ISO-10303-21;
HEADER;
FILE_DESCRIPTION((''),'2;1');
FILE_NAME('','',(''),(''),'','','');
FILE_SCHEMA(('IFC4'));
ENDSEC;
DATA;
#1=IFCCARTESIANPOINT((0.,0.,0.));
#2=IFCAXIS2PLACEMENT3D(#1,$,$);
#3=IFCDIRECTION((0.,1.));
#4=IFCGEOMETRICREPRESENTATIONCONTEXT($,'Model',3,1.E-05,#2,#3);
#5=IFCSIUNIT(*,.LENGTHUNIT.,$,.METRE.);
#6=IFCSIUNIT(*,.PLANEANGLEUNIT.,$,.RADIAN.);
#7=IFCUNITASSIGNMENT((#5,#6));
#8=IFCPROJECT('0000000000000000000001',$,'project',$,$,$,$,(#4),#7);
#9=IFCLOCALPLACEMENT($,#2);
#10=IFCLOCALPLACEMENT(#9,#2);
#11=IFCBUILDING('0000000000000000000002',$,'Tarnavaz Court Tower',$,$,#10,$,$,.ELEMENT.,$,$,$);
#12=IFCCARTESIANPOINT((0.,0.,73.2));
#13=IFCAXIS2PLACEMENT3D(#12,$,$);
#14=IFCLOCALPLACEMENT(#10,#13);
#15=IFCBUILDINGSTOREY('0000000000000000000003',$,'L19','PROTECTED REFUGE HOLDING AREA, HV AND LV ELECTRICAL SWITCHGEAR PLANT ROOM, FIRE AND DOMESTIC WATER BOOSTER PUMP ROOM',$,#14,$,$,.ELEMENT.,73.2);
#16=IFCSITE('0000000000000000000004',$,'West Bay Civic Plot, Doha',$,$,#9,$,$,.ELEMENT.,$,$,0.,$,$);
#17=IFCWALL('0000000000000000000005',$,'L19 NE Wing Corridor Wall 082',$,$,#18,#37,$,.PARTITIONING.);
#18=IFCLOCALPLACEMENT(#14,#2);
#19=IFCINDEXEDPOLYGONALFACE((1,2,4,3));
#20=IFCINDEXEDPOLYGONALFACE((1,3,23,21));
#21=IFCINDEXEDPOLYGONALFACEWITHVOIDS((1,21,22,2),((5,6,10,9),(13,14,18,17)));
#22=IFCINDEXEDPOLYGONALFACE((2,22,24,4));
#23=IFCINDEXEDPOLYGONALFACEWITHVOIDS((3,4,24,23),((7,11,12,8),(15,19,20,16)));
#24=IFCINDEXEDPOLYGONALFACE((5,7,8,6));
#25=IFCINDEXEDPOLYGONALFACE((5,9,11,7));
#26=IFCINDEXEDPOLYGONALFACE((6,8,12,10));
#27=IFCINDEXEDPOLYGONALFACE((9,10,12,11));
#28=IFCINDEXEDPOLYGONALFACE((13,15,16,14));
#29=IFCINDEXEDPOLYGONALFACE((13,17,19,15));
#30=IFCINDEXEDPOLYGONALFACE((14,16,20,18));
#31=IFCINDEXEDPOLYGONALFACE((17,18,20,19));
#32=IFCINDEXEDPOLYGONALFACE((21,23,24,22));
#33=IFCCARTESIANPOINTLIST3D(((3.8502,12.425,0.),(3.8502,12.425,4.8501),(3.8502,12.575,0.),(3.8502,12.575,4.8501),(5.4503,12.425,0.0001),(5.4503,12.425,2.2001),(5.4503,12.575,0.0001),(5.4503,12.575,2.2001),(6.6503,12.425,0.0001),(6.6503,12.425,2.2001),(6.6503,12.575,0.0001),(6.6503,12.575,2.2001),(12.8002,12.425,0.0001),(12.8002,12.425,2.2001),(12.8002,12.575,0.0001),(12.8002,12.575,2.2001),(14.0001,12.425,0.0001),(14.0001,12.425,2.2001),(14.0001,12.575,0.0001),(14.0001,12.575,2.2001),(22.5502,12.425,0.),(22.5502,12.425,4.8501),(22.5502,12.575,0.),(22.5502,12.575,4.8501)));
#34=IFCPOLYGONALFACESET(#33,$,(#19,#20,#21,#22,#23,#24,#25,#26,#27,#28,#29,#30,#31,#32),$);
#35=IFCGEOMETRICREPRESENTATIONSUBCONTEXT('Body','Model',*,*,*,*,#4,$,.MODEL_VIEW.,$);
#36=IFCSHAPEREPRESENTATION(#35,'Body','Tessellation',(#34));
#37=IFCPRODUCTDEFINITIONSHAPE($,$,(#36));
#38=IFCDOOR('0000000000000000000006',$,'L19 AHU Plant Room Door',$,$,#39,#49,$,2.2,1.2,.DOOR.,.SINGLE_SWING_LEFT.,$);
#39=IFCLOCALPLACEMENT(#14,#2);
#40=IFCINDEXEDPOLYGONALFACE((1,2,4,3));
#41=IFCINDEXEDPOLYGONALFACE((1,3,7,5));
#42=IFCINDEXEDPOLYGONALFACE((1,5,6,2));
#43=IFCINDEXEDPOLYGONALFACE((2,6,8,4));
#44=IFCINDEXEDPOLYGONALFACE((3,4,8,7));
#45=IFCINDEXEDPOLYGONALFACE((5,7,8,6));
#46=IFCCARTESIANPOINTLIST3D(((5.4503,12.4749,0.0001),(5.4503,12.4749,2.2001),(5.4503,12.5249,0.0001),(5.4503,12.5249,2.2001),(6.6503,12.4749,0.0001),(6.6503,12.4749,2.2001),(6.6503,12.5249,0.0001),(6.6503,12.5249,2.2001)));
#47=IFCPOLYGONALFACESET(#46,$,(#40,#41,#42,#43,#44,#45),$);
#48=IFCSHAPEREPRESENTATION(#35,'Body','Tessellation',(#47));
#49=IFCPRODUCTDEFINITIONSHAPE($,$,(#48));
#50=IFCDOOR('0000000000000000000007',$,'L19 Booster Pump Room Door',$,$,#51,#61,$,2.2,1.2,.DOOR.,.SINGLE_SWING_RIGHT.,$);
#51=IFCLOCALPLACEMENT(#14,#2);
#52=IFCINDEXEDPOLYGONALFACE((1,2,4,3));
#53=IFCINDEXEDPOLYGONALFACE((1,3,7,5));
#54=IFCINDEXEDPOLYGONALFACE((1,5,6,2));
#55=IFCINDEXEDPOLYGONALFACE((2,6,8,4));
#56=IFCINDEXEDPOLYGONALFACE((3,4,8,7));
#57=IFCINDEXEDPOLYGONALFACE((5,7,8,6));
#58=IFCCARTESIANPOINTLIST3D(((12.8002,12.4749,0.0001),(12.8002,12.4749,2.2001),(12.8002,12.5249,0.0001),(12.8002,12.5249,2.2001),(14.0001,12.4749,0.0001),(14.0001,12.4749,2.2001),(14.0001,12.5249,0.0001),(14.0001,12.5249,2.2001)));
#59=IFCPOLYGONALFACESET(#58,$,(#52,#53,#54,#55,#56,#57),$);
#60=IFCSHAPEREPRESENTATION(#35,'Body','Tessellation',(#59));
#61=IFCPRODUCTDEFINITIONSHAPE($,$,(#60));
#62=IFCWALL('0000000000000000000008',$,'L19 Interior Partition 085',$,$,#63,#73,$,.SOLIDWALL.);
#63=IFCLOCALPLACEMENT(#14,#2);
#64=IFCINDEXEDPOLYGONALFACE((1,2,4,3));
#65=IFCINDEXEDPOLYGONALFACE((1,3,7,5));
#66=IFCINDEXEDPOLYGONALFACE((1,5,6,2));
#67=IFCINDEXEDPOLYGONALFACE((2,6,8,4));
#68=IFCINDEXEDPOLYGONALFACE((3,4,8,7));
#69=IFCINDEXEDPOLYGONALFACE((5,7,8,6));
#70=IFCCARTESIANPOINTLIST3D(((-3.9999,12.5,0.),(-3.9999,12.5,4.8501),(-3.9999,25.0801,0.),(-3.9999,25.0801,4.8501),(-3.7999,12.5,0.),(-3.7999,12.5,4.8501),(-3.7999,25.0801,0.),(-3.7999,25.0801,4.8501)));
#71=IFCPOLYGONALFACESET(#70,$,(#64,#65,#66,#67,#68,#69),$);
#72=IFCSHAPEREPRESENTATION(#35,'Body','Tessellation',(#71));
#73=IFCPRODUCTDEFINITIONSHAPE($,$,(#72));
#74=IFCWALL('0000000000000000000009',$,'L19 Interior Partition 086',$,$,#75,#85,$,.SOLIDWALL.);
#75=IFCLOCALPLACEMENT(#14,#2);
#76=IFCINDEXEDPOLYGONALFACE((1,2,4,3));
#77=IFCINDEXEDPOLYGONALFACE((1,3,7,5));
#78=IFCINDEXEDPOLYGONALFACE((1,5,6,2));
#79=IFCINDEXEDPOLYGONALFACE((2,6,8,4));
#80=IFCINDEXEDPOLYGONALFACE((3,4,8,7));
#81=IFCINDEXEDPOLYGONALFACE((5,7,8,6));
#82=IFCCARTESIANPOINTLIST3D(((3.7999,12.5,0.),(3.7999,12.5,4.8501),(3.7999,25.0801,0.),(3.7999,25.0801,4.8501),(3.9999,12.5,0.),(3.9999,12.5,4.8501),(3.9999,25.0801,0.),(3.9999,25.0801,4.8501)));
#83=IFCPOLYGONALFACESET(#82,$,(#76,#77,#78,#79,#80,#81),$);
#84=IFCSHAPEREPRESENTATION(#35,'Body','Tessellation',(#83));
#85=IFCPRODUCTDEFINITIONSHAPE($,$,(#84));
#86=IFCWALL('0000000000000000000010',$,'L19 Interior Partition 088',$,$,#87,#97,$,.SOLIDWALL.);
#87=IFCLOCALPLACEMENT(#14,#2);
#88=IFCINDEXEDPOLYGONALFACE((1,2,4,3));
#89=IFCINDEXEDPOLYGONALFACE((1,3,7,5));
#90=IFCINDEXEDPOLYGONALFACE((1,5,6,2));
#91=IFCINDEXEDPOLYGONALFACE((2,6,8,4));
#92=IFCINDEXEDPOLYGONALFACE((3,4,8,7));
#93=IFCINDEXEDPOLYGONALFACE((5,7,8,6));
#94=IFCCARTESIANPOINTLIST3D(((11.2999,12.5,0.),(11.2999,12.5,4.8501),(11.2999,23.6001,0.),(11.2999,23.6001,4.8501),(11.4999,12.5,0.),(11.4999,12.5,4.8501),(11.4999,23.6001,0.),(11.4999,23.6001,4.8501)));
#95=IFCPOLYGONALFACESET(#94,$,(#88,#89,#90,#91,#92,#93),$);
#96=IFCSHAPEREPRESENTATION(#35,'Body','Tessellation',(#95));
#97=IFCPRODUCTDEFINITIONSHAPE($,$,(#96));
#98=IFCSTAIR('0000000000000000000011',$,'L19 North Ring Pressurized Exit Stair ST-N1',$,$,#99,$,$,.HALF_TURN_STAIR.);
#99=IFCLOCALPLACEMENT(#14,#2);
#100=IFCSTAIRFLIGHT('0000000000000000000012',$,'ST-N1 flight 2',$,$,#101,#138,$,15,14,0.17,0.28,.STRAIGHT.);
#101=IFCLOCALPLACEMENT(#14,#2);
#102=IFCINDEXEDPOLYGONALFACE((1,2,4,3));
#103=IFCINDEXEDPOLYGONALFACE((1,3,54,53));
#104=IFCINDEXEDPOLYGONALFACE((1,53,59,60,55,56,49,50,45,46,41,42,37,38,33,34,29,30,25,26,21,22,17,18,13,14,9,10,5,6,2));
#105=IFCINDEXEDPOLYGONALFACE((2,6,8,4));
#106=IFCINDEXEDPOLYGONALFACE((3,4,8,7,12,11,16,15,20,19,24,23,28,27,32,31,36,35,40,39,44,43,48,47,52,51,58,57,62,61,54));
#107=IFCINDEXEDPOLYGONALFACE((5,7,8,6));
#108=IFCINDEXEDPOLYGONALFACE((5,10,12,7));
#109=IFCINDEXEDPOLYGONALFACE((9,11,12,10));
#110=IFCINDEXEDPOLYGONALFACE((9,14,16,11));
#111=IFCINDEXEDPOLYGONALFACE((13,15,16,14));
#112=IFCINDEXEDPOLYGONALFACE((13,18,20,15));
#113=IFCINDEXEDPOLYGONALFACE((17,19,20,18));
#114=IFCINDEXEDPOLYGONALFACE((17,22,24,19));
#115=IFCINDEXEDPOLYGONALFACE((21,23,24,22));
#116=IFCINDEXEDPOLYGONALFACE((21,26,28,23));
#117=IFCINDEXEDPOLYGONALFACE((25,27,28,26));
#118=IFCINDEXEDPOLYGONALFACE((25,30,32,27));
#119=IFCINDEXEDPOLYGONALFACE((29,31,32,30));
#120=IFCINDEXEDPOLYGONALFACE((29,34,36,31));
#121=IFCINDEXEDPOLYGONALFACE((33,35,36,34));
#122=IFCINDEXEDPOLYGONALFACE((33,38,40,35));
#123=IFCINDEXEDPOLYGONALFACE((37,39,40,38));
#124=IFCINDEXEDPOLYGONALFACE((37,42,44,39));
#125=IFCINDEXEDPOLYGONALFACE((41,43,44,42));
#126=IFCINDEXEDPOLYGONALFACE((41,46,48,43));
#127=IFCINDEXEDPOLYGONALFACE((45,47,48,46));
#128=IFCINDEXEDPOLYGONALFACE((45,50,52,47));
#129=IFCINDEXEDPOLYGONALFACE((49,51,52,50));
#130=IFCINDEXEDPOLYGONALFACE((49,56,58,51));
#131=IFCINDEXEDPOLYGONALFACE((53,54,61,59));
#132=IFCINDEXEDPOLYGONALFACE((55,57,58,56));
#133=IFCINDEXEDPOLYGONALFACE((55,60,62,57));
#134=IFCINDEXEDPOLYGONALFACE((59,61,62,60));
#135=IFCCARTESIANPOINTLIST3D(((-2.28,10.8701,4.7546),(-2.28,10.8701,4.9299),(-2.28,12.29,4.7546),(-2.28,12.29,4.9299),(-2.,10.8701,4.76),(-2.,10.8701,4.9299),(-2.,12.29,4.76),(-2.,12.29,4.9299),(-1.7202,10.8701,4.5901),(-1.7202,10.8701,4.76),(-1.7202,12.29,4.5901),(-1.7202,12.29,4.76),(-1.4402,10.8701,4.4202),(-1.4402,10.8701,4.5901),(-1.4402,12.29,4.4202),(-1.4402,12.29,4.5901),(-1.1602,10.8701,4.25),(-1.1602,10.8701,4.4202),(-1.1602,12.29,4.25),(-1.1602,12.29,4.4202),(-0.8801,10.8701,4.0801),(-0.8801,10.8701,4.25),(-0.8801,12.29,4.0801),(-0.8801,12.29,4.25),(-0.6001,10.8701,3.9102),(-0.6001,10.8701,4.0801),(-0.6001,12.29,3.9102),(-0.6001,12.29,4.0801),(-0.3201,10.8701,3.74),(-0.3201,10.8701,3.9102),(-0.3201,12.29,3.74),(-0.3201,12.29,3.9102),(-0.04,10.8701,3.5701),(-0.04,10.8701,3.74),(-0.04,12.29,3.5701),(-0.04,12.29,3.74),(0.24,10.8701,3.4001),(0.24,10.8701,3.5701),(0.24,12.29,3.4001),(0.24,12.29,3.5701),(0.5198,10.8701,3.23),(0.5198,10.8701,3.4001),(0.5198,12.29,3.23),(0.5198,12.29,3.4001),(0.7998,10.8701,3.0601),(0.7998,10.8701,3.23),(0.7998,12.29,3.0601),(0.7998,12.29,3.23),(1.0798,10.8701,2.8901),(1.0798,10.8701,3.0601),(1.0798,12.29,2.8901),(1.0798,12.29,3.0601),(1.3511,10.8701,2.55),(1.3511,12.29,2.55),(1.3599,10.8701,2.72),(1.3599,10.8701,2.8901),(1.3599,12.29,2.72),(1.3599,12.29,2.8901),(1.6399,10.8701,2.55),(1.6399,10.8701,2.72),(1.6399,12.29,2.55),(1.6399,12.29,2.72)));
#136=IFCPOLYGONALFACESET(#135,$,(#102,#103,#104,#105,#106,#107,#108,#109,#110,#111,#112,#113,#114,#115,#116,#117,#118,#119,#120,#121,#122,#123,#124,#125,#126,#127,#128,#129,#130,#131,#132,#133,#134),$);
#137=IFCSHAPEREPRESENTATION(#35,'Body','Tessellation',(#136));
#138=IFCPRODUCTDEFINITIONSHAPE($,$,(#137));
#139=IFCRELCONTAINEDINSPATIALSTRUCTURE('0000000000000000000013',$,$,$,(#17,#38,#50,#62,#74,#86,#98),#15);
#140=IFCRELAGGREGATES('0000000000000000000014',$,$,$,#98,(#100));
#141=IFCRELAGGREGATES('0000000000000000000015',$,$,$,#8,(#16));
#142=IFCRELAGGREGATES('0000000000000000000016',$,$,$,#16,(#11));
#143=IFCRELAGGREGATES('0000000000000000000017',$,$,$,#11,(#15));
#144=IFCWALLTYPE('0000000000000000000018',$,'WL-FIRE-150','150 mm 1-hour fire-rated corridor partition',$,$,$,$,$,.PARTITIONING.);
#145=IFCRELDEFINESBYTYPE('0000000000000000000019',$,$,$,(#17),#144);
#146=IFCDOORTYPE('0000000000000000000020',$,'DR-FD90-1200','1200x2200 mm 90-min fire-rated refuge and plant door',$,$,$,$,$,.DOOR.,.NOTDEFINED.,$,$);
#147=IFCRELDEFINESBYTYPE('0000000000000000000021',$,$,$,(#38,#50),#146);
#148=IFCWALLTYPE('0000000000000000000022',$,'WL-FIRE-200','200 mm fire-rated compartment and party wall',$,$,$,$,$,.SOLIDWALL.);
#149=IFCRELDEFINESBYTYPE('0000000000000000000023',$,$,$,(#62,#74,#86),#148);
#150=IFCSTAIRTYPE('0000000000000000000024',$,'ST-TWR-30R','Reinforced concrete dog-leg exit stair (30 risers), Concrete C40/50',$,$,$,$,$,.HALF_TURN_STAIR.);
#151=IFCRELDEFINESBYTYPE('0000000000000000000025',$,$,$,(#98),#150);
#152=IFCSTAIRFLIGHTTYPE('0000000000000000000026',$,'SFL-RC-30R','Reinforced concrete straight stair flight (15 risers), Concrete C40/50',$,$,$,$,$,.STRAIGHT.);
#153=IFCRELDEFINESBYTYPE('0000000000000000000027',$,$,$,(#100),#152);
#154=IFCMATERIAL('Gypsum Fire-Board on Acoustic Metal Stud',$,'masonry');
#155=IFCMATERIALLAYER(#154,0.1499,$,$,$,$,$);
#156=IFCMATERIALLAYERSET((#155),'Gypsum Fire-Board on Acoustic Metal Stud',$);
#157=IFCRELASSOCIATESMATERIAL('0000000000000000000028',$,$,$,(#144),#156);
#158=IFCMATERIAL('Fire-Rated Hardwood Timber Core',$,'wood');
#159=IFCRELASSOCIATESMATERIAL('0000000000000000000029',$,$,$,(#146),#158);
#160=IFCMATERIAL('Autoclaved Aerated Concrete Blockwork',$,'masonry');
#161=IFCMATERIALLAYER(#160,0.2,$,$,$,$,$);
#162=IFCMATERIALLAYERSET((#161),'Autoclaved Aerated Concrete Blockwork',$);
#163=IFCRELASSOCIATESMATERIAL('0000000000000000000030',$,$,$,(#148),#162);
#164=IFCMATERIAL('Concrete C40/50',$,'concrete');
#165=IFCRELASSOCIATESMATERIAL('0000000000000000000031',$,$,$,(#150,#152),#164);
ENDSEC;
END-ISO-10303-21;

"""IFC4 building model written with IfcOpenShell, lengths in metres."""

from ifc_helpers import new_model, si_unit, direction, frame, frame_2d, origin, place, context, subcontext, project, spatial, polyline, rectangle, outline, extrude, material, layer, layer_set, type_object, element, fill, aggregate, save


model = new_model("IFC4")

# Units and contexts
model_context = context("Model", 3, precision=1e-05, world=origin(), true_north=direction((0.0, 1.0)))
body_context = subcontext(model_context, "Body", "Model", "MODEL_VIEW")
ifc_project = project(units=[si_unit("LENGTHUNIT", "METRE"), si_unit("PLANEANGLEUNIT", "RADIAN")], contexts=[model_context])

# Site, building, storey
site_placement = place(None, origin())
site = spatial("IfcSite", under=ifc_project, at=site_placement, Name="West Bay Civic Plot, Doha", CompositionType="ELEMENT", RefElevation=0.0)
building_placement = place(site_placement, origin())
building = spatial("IfcBuilding", under=site, at=building_placement, Name="Tarnavaz Court Tower", CompositionType="ELEMENT")
storey_placement = place(building_placement, frame((0.0, 0.0, 73.2)))
storey = spatial("IfcBuildingStorey", under=building, at=storey_placement, Name="L19", Description="PROTECTED REFUGE HOLDING AREA, HV AND LV ELECTRICAL SWITCHGEAR PLANT ROOM, FIRE AND DOMESTIC WATER BOOSTER PUMP ROOM", CompositionType="ELEMENT", Elevation=73.2)

# Wall, openings, doors
ifc_material_1 = material(Name="Gypsum Fire-Board on Acoustic Metal Stud", Category="masonry")
ifc_layer_1 = layer(ifc_material_1, 0.1499)
ifc_layer_set_1 = layer_set([ifc_layer_1], Name="Gypsum Fire-Board on Acoustic Metal Stud")
wall_type_1 = type_object("IfcWallType", Name="WL-FIRE-150", Description="150 mm 1-hour fire-rated corridor partition", PredefinedType="PARTITIONING", material=ifc_layer_set_1)
wall_1_placement = place(storey_placement, frame((3.8501, 12.5, 0.0), z_axis=(0.0, 0.0, 1.0), x_axis=(1.0, 0.0, 0.0)))
wall_1 = element("IfcWall", 1, at=wall_1_placement, inside=storey, type_object=wall_type_1, Name="L19 NE Wing Corridor Wall 082", PredefinedType="PARTITIONING", context=body_context, shape_type="SweptSolid", body=[
    extrude(rectangle(XDim=18.7, YDim=0.1499, at=frame_2d((9.3501, 0.0))), origin(), (0.0, 0.0, 1.0), 4.8501),
])
opening_1_placement = place(wall_1_placement, frame((1.6001, 0.0, 0.0)))
opening_1 = element("IfcOpeningElement", 2, at=opening_1_placement, cuts=wall_1, PredefinedType="OPENING", context=body_context, shape_type="SweptSolid", body=[
    extrude(rectangle(XDim=1.2, YDim=2.2, at=frame_2d((0.6001, 1.1001))), frame((0.0, 0.085, 0.0), z_axis=(0.0, -1.0, 0.0), x_axis=(1.0, 0.0, 0.0)), (0.0, 0.0, 1.0), 0.1699),
])
opening_2_placement = place(wall_1_placement, frame((8.95, 0.0, 0.0)))
opening_2 = element("IfcOpeningElement", 3, at=opening_2_placement, cuts=wall_1, PredefinedType="OPENING", context=body_context, shape_type="SweptSolid", body=[
    extrude(rectangle(XDim=1.2, YDim=2.2, at=frame_2d((0.6001, 1.1001))), frame((0.0, 0.085, 0.0), z_axis=(0.0, -1.0, 0.0), x_axis=(1.0, 0.0, 0.0)), (0.0, 0.0, 1.0), 0.1699),
])
ifc_material_2 = material(Name="Fire-Rated Hardwood Timber Core", Category="wood")
door_type = type_object("IfcDoorType", Name="DR-FD90-1200", Description="1200x2200 mm 90-min fire-rated refuge and plant door", OperationType="NOTDEFINED", PredefinedType="DOOR", material=ifc_material_2)
door_1_placement = place(opening_1_placement, origin())
door_1 = element("IfcDoor", 4, at=door_1_placement, inside=storey, type_object=door_type, Name="L19 AHU Plant Room Door", OperationType="SINGLE_SWING_LEFT", OverallHeight=2.2, OverallWidth=1.2, PredefinedType="DOOR", context=body_context, shape_type="SweptSolid", body=[
    extrude(rectangle(XDim=1.2, YDim=2.2, at=frame_2d((0.6001, 1.1001))), frame((0.0, 0.0249, 0.0), z_axis=(0.0, -1.0, 0.0), x_axis=(1.0, 0.0, 0.0)), (0.0, 0.0, 1.0), 0.05),
])
fill(opening_1, door_1)
door_2_placement = place(opening_2_placement, origin())
door_2 = element("IfcDoor", 5, at=door_2_placement, inside=storey, type_object=door_type, Name="L19 Booster Pump Room Door", OperationType="SINGLE_SWING_RIGHT", OverallHeight=2.2, OverallWidth=1.2, PredefinedType="DOOR", context=body_context, shape_type="SweptSolid", body=[
    extrude(rectangle(XDim=1.2, YDim=2.2, at=frame_2d((0.6001, 1.1001))), frame((0.0, 0.0249, 0.0), z_axis=(0.0, -1.0, 0.0), x_axis=(1.0, 0.0, 0.0)), (0.0, 0.0, 1.0), 0.05),
])
fill(opening_2, door_2)

# Walls
ifc_material_3 = material(Name="Autoclaved Aerated Concrete Blockwork", Category="masonry")
ifc_layer_2 = layer(ifc_material_3, 0.2)
ifc_layer_set_2 = layer_set([ifc_layer_2], Name="Autoclaved Aerated Concrete Blockwork")
wall_type_2 = type_object("IfcWallType", Name="WL-FIRE-200", Description="200 mm fire-rated compartment and party wall", PredefinedType="SOLIDWALL", material=ifc_layer_set_2)
for number, where, z_axis, x_axis, name in (
    (6, (-3.8999, 12.5, 0.0), (0.0, 0.0, 1.0), (0.0, 1.0, 0.0), "L19 Interior Partition 085"),
    (7, (3.8999, 12.5, 0.0), (0.0, 0.0, 1.0), (0.0, 1.0, 0.0), "L19 Interior Partition 086"),
):
    element("IfcWall", number, at=place(storey_placement, frame(where, z_axis=z_axis, x_axis=x_axis)), inside=storey, type_object=wall_type_2, Name=name, PredefinedType="SOLIDWALL", context=body_context, shape_type="SweptSolid", body=[
        extrude(rectangle(XDim=12.5801, YDim=0.2, at=frame_2d((6.29, 0.0))), origin(), (0.0, 0.0, 1.0), 4.8501),
    ])
wall_2_placement = place(storey_placement, frame((11.3999, 12.5, 0.0), z_axis=(0.0, 0.0, 1.0), x_axis=(0.0, 1.0, 0.0)))
element("IfcWall", 8, at=wall_2_placement, inside=storey, type_object=wall_type_2, Name="L19 Interior Partition 088", PredefinedType="SOLIDWALL", context=body_context, shape_type="SweptSolid", body=[
    extrude(rectangle(XDim=11.1001, YDim=0.2, at=frame_2d((5.55, 0.0))), origin(), (0.0, 0.0, 1.0), 4.8501),
])

# Stair, stair flight
ifc_material_4 = material(Name="Concrete C40/50", Category="concrete")
stair_type = type_object("IfcStairType", Name="ST-TWR-30R", Description="Reinforced concrete dog-leg exit stair (30 risers), Concrete C40/50", PredefinedType="HALF_TURN_STAIR", material=ifc_material_4)
stair_placement = place(storey_placement, origin())
stair = element("IfcStair", 9, at=stair_placement, inside=storey, type_object=stair_type, Name="L19 North Ring Pressurized Exit Stair ST-N1", PredefinedType="HALF_TURN_STAIR")
stair_flight_type = type_object("IfcStairFlightType", Name="SFL-RC-30R", Description="Reinforced concrete straight stair flight (15 risers), Concrete C40/50", PredefinedType="STRAIGHT", material=ifc_material_4)
stair_flight_placement = place(storey_placement, frame((1.6399, 11.5801, 2.55), z_axis=(0.0, 0.0, 1.0), x_axis=(-1.0, 0.0, 0.0)))
stair_flight = element("IfcStairFlight", 10, at=stair_flight_placement, type_object=stair_flight_type, Name="ST-N1 flight 2", NumberOfRisers=15, NumberOfTreads=14, PredefinedType="STRAIGHT", RiserHeight=0.17, TreadLength=0.28, context=body_context, shape_type="SweptSolid", body=[
    extrude(outline(polyline([(0.0, 0.0), (0.0, 0.1699), (0.28, 0.1699), (0.28, 0.3401), (0.5601, 0.3401), (0.5601, 0.51), (0.8401, 0.51), (0.8401, 0.6799), (1.1201, 0.6799), (1.1201, 0.8501), (1.3999, 0.8501), (1.3999, 1.02), (1.6799, 1.02), (1.6799, 1.1899), (1.96, 1.1899), (1.96, 1.3601), (2.24, 1.3601), (2.24, 1.53), (2.52, 1.53), (2.52, 1.7), (2.8, 1.7), (2.8, 1.8701), (3.0801, 1.8701), (3.0801, 2.04), (3.3601, 2.04), (3.3601, 2.21), (3.6399, 2.21), (3.6399, 2.3799), (3.9199, 2.3799), (3.9199, 2.55), (3.9199, 2.2046), (0.2888, 0.0), (0.0, 0.0)])), frame((0.0, 0.71, 0.0), z_axis=(0.0, -1.0, 0.0), x_axis=(1.0, 0.0, 0.0)), (0.0, 0.0, 1.0), 1.4199),
])
aggregate(stair, [stair_flight])

save(model, "model.ifc")
